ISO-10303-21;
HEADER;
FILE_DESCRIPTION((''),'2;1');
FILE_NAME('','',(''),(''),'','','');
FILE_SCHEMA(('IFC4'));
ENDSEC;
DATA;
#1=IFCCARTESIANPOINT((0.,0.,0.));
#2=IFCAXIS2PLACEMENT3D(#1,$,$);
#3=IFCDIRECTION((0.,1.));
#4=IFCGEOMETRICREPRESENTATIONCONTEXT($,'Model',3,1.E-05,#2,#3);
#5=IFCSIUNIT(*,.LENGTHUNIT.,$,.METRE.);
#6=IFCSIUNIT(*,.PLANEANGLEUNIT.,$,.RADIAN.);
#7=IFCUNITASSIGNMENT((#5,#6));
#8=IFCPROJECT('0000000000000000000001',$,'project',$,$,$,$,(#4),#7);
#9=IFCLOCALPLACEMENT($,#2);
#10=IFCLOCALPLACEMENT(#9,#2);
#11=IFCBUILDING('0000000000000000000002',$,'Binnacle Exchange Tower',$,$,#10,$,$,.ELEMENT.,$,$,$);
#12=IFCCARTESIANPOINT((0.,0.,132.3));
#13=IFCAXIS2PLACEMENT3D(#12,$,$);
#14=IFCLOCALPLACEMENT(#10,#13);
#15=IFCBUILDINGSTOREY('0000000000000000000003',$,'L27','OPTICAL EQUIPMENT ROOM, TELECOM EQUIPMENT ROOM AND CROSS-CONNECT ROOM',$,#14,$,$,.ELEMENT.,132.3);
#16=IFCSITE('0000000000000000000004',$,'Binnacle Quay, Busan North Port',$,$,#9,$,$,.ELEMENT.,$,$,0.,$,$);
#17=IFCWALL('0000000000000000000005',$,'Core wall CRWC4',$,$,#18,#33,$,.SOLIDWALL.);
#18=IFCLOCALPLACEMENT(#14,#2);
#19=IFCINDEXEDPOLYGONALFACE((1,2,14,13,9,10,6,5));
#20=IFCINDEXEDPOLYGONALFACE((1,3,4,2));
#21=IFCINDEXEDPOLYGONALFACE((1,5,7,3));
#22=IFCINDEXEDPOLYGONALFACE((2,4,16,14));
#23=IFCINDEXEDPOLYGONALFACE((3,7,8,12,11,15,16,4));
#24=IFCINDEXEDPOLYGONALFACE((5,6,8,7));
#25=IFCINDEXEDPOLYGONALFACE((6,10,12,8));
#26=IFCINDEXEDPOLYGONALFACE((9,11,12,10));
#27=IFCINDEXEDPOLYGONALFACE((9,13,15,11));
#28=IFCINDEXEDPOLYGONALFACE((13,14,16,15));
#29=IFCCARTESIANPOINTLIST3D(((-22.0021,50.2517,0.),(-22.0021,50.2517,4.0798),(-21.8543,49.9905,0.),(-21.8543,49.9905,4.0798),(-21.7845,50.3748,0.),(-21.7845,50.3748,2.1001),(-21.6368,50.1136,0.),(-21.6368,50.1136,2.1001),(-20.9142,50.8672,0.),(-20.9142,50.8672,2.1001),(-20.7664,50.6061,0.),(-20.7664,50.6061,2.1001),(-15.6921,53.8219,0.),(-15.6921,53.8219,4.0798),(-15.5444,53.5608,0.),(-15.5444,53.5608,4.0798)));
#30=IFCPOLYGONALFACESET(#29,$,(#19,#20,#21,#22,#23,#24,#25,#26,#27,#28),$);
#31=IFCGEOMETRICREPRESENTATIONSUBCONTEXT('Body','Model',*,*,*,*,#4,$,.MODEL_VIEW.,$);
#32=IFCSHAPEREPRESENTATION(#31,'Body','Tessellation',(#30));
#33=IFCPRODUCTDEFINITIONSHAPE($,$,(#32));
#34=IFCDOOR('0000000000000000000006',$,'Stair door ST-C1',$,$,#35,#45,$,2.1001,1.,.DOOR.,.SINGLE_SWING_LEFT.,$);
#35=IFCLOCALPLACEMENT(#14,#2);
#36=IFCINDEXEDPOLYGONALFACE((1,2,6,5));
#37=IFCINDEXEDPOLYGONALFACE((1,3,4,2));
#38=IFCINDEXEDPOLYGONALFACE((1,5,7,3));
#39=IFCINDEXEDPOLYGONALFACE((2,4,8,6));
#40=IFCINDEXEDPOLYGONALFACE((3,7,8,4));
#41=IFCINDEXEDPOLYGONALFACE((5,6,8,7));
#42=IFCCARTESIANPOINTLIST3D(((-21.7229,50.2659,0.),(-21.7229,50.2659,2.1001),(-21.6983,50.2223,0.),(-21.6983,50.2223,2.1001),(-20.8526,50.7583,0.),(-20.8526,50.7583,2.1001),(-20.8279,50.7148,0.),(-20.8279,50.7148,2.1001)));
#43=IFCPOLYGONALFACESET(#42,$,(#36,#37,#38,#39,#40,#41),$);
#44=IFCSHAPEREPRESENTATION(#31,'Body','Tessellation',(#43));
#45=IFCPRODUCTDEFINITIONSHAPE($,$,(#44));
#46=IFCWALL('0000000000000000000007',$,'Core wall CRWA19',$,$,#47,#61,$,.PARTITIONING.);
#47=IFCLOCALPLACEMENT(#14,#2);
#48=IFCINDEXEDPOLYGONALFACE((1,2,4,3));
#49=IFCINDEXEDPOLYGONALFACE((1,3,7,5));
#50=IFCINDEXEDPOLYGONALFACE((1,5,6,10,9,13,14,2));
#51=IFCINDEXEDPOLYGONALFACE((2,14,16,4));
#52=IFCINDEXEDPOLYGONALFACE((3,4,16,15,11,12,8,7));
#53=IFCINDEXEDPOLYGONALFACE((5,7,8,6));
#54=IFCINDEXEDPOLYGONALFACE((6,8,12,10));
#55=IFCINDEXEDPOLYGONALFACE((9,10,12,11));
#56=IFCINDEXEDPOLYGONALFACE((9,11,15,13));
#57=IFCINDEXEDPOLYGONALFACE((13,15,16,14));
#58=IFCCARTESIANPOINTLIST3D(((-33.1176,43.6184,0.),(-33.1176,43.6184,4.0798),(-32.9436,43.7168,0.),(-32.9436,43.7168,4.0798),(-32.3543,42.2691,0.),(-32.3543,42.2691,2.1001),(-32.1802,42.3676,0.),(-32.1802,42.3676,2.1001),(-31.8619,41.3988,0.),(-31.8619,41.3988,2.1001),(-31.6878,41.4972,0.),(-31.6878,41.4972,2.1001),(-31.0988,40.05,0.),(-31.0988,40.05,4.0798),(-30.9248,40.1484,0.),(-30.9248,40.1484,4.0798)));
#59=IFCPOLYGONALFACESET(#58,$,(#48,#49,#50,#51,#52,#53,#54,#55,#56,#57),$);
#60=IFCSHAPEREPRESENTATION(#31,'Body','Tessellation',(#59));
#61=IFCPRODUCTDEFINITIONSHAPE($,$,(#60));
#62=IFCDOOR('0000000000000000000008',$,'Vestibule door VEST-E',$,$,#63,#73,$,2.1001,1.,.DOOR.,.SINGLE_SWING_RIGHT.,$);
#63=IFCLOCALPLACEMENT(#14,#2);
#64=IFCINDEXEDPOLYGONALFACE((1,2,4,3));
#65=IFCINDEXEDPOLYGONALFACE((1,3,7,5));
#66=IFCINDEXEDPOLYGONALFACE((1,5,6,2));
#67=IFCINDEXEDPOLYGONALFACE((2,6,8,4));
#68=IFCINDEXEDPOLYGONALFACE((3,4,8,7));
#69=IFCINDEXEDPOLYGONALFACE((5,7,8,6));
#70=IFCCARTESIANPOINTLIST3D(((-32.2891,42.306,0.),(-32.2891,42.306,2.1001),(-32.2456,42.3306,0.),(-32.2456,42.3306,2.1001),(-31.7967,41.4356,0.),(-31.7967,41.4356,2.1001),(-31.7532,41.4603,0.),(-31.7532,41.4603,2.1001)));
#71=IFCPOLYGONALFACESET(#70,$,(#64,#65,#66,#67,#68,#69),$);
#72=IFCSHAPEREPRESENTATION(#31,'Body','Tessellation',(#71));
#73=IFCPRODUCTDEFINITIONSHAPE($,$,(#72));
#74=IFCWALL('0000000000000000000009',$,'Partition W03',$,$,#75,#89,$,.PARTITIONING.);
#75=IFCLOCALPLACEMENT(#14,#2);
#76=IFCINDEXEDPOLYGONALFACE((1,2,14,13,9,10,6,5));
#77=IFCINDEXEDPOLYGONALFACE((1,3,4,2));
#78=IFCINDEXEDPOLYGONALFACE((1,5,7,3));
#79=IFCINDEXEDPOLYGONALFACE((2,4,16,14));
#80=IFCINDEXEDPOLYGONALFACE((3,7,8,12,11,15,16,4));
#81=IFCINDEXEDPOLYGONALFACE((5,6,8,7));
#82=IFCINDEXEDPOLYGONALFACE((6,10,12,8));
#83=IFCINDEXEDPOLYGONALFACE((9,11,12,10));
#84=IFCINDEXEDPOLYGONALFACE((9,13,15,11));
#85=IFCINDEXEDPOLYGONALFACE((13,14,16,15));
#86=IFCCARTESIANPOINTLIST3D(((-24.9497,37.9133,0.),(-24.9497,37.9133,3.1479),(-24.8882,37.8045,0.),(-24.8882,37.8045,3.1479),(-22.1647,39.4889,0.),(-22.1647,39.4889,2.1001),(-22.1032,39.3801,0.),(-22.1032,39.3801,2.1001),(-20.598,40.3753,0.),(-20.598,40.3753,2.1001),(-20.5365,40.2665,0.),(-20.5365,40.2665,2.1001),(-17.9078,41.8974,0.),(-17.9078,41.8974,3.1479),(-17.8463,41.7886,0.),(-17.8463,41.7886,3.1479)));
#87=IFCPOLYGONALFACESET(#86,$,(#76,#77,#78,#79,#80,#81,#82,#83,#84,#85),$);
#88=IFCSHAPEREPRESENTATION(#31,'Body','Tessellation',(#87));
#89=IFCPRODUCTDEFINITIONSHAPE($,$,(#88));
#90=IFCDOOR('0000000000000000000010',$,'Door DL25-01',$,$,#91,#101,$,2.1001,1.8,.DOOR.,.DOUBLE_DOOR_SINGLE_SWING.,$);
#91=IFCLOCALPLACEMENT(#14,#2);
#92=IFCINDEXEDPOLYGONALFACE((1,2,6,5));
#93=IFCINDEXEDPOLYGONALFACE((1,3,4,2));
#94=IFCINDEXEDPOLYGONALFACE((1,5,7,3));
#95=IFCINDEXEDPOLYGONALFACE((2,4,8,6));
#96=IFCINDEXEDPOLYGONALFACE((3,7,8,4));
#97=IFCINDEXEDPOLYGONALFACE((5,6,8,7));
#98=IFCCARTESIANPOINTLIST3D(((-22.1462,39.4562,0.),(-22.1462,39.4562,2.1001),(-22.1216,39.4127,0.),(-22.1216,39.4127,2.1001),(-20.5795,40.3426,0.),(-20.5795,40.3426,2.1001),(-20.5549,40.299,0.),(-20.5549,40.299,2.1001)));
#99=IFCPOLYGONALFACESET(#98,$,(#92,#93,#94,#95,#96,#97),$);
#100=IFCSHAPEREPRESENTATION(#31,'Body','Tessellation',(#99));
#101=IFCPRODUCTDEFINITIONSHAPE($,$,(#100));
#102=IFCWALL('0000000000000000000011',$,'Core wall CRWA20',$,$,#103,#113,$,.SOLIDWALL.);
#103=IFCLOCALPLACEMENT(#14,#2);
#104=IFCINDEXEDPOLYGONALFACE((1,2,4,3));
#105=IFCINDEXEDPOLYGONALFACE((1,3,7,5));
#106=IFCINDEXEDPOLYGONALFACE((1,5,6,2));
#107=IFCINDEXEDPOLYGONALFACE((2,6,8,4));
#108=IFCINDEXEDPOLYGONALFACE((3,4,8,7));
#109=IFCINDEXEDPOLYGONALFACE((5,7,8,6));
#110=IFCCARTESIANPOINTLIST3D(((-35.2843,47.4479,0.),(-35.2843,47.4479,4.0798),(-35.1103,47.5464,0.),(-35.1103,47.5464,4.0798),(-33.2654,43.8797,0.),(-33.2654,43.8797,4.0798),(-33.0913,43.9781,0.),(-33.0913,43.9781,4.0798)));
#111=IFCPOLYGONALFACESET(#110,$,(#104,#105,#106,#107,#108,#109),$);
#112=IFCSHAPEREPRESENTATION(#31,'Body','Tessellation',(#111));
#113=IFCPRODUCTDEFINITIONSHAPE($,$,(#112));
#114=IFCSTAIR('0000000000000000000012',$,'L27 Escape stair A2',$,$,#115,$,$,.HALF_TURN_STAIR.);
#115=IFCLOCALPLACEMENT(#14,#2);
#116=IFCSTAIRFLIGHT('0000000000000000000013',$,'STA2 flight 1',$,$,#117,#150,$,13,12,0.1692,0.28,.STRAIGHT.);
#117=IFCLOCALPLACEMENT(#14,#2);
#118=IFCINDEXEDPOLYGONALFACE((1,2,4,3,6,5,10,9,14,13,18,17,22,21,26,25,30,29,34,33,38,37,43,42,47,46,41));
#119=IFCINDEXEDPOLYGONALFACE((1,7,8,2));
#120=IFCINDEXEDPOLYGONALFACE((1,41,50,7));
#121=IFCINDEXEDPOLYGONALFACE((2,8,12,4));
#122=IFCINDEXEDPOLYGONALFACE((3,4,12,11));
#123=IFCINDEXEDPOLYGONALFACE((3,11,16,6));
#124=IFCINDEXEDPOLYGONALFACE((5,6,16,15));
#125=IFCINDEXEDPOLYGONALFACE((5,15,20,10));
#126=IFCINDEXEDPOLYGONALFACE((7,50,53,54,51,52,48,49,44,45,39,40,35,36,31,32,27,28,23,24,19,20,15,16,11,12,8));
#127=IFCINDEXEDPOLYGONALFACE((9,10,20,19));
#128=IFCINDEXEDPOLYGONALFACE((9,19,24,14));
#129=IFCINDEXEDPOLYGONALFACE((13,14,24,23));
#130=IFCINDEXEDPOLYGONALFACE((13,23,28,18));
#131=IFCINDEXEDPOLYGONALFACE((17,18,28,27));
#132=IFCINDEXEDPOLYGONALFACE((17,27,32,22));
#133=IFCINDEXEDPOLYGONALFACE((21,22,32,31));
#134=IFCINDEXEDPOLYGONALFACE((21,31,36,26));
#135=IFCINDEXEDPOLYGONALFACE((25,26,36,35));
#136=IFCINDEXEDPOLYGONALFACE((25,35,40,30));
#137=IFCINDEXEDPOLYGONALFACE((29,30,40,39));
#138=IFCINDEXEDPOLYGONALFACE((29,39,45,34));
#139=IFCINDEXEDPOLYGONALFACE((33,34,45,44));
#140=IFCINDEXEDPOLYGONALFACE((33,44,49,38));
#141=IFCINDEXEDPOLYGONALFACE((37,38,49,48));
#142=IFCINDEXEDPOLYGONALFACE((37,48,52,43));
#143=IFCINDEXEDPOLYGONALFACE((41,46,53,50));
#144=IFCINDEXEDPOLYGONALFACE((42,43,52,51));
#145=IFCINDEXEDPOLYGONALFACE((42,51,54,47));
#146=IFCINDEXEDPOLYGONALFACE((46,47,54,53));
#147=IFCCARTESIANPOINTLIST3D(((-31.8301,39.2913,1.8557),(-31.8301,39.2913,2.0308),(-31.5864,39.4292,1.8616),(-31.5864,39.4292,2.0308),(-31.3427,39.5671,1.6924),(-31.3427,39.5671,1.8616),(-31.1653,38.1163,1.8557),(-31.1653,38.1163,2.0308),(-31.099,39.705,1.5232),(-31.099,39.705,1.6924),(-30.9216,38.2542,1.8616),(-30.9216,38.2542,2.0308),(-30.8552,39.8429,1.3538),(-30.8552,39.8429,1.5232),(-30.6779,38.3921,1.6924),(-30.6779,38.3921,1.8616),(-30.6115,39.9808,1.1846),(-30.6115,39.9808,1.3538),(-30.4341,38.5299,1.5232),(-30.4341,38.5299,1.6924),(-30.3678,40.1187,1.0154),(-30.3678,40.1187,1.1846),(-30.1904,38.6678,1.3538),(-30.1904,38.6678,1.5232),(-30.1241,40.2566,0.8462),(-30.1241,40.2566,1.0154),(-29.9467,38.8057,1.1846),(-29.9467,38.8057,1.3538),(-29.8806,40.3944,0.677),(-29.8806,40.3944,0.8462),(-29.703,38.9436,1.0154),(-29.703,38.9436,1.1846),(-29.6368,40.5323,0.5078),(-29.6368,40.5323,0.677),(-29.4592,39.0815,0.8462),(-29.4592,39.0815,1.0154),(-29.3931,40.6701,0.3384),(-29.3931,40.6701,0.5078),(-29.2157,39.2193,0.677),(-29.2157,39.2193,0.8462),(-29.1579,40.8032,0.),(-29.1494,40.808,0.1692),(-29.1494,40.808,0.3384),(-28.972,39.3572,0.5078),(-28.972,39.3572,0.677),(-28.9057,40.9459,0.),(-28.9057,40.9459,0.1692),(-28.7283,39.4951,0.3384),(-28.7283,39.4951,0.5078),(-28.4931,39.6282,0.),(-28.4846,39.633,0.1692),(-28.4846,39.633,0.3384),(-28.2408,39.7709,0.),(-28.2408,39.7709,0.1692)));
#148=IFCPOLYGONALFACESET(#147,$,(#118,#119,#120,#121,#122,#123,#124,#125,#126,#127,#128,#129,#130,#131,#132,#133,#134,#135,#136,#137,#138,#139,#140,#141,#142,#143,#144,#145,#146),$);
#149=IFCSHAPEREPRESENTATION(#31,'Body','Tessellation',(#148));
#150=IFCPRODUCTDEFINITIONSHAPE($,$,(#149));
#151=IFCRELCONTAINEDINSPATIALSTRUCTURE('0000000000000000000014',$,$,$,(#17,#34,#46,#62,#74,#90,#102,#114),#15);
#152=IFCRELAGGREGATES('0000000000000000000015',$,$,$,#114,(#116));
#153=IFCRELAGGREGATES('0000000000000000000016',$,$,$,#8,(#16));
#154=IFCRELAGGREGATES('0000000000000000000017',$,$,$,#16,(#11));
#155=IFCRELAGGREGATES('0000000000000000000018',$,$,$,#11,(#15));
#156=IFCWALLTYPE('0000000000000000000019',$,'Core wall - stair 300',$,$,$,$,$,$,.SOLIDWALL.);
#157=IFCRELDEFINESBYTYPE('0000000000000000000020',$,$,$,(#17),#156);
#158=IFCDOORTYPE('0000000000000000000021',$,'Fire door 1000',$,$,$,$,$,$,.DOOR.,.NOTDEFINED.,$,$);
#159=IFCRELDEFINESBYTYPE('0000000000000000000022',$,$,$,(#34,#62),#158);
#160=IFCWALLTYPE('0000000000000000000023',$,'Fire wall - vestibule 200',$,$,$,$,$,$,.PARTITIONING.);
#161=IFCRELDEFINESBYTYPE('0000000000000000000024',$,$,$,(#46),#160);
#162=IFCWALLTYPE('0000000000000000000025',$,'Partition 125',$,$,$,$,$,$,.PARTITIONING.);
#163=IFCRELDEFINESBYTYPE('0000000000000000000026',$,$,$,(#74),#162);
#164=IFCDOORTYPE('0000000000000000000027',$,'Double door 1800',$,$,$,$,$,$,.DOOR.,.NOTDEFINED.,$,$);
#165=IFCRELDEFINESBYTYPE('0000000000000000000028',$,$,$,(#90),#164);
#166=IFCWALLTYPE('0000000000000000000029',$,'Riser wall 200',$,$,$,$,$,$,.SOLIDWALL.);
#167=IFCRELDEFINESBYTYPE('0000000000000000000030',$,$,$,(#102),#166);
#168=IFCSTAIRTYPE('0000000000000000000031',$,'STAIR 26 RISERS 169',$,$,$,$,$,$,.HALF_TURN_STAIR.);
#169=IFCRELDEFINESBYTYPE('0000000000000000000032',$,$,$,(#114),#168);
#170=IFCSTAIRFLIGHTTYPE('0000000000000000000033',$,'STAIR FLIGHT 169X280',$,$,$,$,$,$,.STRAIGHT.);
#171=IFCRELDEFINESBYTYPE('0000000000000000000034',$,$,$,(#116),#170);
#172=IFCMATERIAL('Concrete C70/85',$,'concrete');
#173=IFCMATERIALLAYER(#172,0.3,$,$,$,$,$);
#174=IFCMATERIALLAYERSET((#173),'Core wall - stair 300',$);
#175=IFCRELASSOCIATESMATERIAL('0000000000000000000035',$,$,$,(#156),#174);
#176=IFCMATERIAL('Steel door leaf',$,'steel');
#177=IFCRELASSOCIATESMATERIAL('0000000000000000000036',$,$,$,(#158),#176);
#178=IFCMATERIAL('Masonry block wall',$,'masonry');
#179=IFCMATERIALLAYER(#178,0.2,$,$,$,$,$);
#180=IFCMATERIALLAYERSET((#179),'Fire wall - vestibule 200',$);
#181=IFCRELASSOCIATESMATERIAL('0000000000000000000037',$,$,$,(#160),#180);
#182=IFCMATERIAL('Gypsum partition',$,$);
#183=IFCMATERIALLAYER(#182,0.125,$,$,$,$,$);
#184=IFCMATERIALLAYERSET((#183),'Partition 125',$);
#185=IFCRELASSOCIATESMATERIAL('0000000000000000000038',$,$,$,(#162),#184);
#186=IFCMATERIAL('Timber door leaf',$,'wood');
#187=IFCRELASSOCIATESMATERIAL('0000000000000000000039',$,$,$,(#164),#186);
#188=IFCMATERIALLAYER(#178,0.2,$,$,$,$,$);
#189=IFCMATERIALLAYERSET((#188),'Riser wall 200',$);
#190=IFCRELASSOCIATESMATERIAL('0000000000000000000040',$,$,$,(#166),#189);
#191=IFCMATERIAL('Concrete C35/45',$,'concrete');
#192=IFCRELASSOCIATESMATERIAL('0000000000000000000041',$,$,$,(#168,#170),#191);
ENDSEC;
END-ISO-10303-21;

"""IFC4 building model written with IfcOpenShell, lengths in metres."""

from ifc_helpers import new_model, si_unit, direction, frame, frame_2d, origin, place, context, subcontext, project, spatial, polyline, rectangle, outline, extrude, material, layer, layer_set, type_object, element, fill, aggregate, save


model = new_model("IFC4")

# Units and contexts
model_context = context("Model", 3, precision=1e-05, world=origin(), true_north=direction((0.0, 1.0)))
body_context = subcontext(model_context, "Body", "Model", "MODEL_VIEW")
ifc_project = project(units=[si_unit("LENGTHUNIT", "METRE"), si_unit("PLANEANGLEUNIT", "RADIAN")], contexts=[model_context])

# Site, building, storey
site_placement = place(None, origin())
site = spatial("IfcSite", under=ifc_project, at=site_placement, Name="Binnacle Quay, Busan North Port", CompositionType="ELEMENT", RefElevation=0.0)
building_placement = place(site_placement, origin())
building = spatial("IfcBuilding", under=site, at=building_placement, Name="Binnacle Exchange Tower", CompositionType="ELEMENT")
storey_placement = place(building_placement, frame((0.0, 0.0, 132.3)))
storey = spatial("IfcBuildingStorey", under=building, at=storey_placement, Name="L27", Description="OPTICAL EQUIPMENT ROOM, TELECOM EQUIPMENT ROOM AND CROSS-CONNECT ROOM", CompositionType="ELEMENT", Elevation=132.3)

# Shared definitions
ifc_material_1 = material(Name="Concrete C70/85", Category="concrete")

# Shared definitions
ifc_layer_1 = layer(ifc_material_1, 0.3)
ifc_layer_set_1 = layer_set([ifc_layer_1], Name="Core wall - stair 300")
wall_type_1 = type_object("IfcWallType", Name="Core wall - stair 300", PredefinedType="SOLIDWALL", material=ifc_layer_set_1)
ifc_material_2 = material(Name="Steel door leaf", Category="steel")
door_type_1 = type_object("IfcDoorType", Name="Fire door 1000", OperationType="NOTDEFINED", PredefinedType="DOOR", material=ifc_material_2)

# Walls, openings, doors
wall_1_placement = place(storey_placement, frame((-21.9282, 50.1211, 0.0), z_axis=(0.0, 0.0, 1.0), x_axis=(0.870341, 0.49245, 0.0)))
wall_1 = element("IfcWall", 1, at=wall_1_placement, inside=storey, type_object=wall_type_1, Name="Core wall CRWC4", PredefinedType="SOLIDWALL", context=body_context, shape_type="SweptSolid", body=[
    extrude(rectangle(XDim=7.25, YDim=0.3, at=frame_2d((3.625, 0.0))), origin(), (0.0, 0.0, 1.0), 4.0798),
])
opening_1_placement = place(wall_1_placement, frame((0.25, 0.0, 0.0)))
opening_1 = element("IfcOpeningElement", 2, at=opening_1_placement, cuts=wall_1, PredefinedType="OPENING", context=body_context, shape_type="SweptSolid", body=[
    extrude(rectangle(XDim=1.0, YDim=2.1001, at=frame_2d((0.5, 1.05))), frame((0.0, 0.1599, 0.0), z_axis=(0.0, -1.0, 0.0), x_axis=(1.0, 0.0, 0.0)), (0.0, 0.0, 1.0), 0.3201),
])
door_1_placement = place(opening_1_placement, origin())
door_1 = element("IfcDoor", 3, at=door_1_placement, inside=storey, type_object=door_type_1, Name="Stair door ST-C1", OperationType="SINGLE_SWING_LEFT", OverallHeight=2.1001, OverallWidth=1.0, PredefinedType="DOOR", context=body_context, shape_type="SweptSolid", body=[
    extrude(rectangle(XDim=1.0, YDim=2.1001, at=frame_2d((0.5, 1.05))), frame((0.0, 0.0249, 0.0), z_axis=(0.0, -1.0, 0.0), x_axis=(1.0, 0.0, 0.0)), (0.0, 0.0, 1.0), 0.05),
])
fill(opening_1, door_1)
ifc_material_3 = material(Name="Masonry block wall", Category="masonry")
ifc_layer_2 = layer(ifc_material_3, 0.2)
ifc_layer_set_2 = layer_set([ifc_layer_2], Name="Fire wall - vestibule 200")
wall_type_2 = type_object("IfcWallType", Name="Fire wall - vestibule 200", PredefinedType="PARTITIONING", material=ifc_layer_set_2)
wall_2_placement = place(storey_placement, frame((-33.0305, 43.6675, 0.0), z_axis=(0.0, 0.0, 1.0), x_axis=(0.492408, -0.870364, 0.0)))
wall_2 = element("IfcWall", 4, at=wall_2_placement, inside=storey, type_object=wall_type_2, Name="Core wall CRWA19", PredefinedType="PARTITIONING", context=body_context, shape_type="SweptSolid", body=[
    extrude(rectangle(XDim=4.0999, YDim=0.2, at=frame_2d((2.0498, 0.0))), origin(), (0.0, 0.0, 1.0), 4.0798),
])
opening_2_placement = place(wall_2_placement, frame((1.55, 0.0, 0.0)))
opening_2 = element("IfcOpeningElement", 5, at=opening_2_placement, cuts=wall_2, PredefinedType="OPENING", context=body_context, shape_type="SweptSolid", body=[
    extrude(rectangle(XDim=1.0, YDim=2.1001, at=frame_2d((0.5, 1.05))), frame((0.0, 0.1099, 0.0), z_axis=(0.0, -1.0, 0.0), x_axis=(1.0, 0.0, 0.0)), (0.0, 0.0, 1.0), 0.22),
])
door_2_placement = place(opening_2_placement, origin())
door_2 = element("IfcDoor", 6, at=door_2_placement, inside=storey, type_object=door_type_1, Name="Vestibule door VEST-E", OperationType="SINGLE_SWING_RIGHT", OverallHeight=2.1001, OverallWidth=1.0, PredefinedType="DOOR", context=body_context, shape_type="SweptSolid", body=[
    extrude(rectangle(XDim=1.0, YDim=2.1001, at=frame_2d((0.5, 1.05))), frame((0.0, 0.0249, 0.0), z_axis=(0.0, -1.0, 0.0), x_axis=(1.0, 0.0, 0.0)), (0.0, 0.0, 1.0), 0.05),
])
fill(opening_2, door_2)
ifc_material_4 = material(Name="Gypsum partition")
ifc_layer_3 = layer(ifc_material_4, 0.125)
ifc_layer_set_3 = layer_set([ifc_layer_3], Name="Partition 125")
wall_type_3 = type_object("IfcWallType", Name="Partition 125", PredefinedType="PARTITIONING", material=ifc_layer_set_3)
wall_3_placement = place(storey_placement, frame((-24.9189, 37.8589, 0.0), z_axis=(0.0, 0.0, 1.0), x_axis=(0.870358, 0.49242, 0.0)))
wall_3 = element("IfcWall", 7, at=wall_3_placement, inside=storey, type_object=wall_type_3, Name="Partition W03", PredefinedType="PARTITIONING", context=body_context, shape_type="SweptSolid", body=[
    extrude(rectangle(XDim=8.0908, YDim=0.125, at=frame_2d((4.0454, 0.0))), origin(), (0.0, 0.0, 1.0), 3.1479),
])
opening_3_placement = place(wall_3_placement, frame((3.2, 0.0, 0.0)))
opening_3 = element("IfcOpeningElement", 8, at=opening_3_placement, cuts=wall_3, PredefinedType="OPENING", context=body_context, shape_type="SweptSolid", body=[
    extrude(rectangle(XDim=1.8, YDim=2.1001, at=frame_2d((0.8999, 1.05))), frame((0.0, 0.0725, 0.0), z_axis=(0.0, -1.0, 0.0), x_axis=(1.0, 0.0, 0.0)), (0.0, 0.0, 1.0), 0.145),
])
ifc_material_5 = material(Name="Timber door leaf", Category="wood")
door_type_2 = type_object("IfcDoorType", Name="Double door 1800", OperationType="NOTDEFINED", PredefinedType="DOOR", material=ifc_material_5)
door_3_placement = place(opening_3_placement, origin())
door_3 = element("IfcDoor", 9, at=door_3_placement, inside=storey, type_object=door_type_2, Name="Door DL25-01", OperationType="DOUBLE_DOOR_SINGLE_SWING", OverallHeight=2.1001, OverallWidth=1.8, PredefinedType="DOOR", context=body_context, shape_type="SweptSolid", body=[
    extrude(rectangle(XDim=1.8, YDim=2.1001, at=frame_2d((0.8999, 1.05))), frame((0.0, 0.0249, 0.0), z_axis=(0.0, -1.0, 0.0), x_axis=(1.0, 0.0, 0.0)), (0.0, 0.0, 1.0), 0.05),
])
fill(opening_3, door_3)

# Wall
ifc_layer_4 = layer(ifc_material_3, 0.2)
ifc_layer_set_4 = layer_set([ifc_layer_4], Name="Riser wall 200")
wall_type_4 = type_object("IfcWallType", Name="Riser wall 200", PredefinedType="SOLIDWALL", material=ifc_layer_set_4)
wall_4_placement = place(storey_placement, frame((-35.1973, 47.4971, 0.0), z_axis=(0.0, 0.0, 1.0), x_axis=(0.492454, -0.870339, 0.0)))
element("IfcWall", 10, at=wall_4_placement, inside=storey, type_object=wall_type_4, Name="Core wall CRWA20", PredefinedType="SOLIDWALL", context=body_context, shape_type="SweptSolid", body=[
    extrude(rectangle(XDim=4.0999, YDim=0.2, at=frame_2d((2.0498, 0.0))), origin(), (0.0, 0.0, 1.0), 4.0798),
])

# Stair, stair flight
ifc_material_6 = material(Name="Concrete C35/45", Category="concrete")
stair_type = type_object("IfcStairType", Name="STAIR 26 RISERS 169", PredefinedType="HALF_TURN_STAIR", material=ifc_material_6)
stair_placement = place(storey_placement, origin())
stair = element("IfcStair", 11, at=stair_placement, inside=storey, type_object=stair_type, Name="L27 Escape stair A2", PredefinedType="HALF_TURN_STAIR")
stair_flight_type = type_object("IfcStairFlightType", Name="STAIR FLIGHT 169X280", PredefinedType="STRAIGHT", material=ifc_material_6)
stair_flight_placement = place(storey_placement, frame((-28.5732, 40.3584, 0.0), z_axis=(0.0, 0.0, 1.0), x_axis=(-0.870356, -0.492424, 0.0)))
stair_flight = element("IfcStairFlight", 12, at=stair_flight_placement, type_object=stair_flight_type, Name="STA2 flight 1", NumberOfRisers=13, NumberOfTreads=12, PredefinedType="STRAIGHT", RiserHeight=0.1692, TreadLength=0.28, context=body_context, shape_type="SweptSolid", body=[
    extrude(outline(polyline([(0.0, 0.0), (0.0, 0.1692), (0.28, 0.1692), (0.28, 0.3384), (0.5601, 0.3384), (0.5601, 0.5078), (0.8401, 0.5078), (0.8401, 0.677), (1.1201, 0.677), (1.1201, 0.8462), (1.3999, 0.8462), (1.3999, 1.0154), (1.6799, 1.0154), (1.6799, 1.1846), (1.96, 1.1846), (1.96, 1.3538), (2.24, 1.3538), (2.24, 1.5232), (2.52, 1.5232), (2.52, 1.6924), (2.8, 1.6924), (2.8, 1.8616), (3.0801, 1.8616), (3.0801, 2.0308), (3.3601, 2.0308), (3.3601, 2.2), (3.3601, 1.8557), (0.2898, 0.0), (0.0, 0.0)])), frame((0.0, 0.675, 0.0), z_axis=(0.0, -1.0, 0.0), x_axis=(1.0, 0.0, 0.0)), (0.0, 0.0, 1.0), 1.3501),
])
aggregate(stair, [stair_flight])

save(model, "model.ifc")
